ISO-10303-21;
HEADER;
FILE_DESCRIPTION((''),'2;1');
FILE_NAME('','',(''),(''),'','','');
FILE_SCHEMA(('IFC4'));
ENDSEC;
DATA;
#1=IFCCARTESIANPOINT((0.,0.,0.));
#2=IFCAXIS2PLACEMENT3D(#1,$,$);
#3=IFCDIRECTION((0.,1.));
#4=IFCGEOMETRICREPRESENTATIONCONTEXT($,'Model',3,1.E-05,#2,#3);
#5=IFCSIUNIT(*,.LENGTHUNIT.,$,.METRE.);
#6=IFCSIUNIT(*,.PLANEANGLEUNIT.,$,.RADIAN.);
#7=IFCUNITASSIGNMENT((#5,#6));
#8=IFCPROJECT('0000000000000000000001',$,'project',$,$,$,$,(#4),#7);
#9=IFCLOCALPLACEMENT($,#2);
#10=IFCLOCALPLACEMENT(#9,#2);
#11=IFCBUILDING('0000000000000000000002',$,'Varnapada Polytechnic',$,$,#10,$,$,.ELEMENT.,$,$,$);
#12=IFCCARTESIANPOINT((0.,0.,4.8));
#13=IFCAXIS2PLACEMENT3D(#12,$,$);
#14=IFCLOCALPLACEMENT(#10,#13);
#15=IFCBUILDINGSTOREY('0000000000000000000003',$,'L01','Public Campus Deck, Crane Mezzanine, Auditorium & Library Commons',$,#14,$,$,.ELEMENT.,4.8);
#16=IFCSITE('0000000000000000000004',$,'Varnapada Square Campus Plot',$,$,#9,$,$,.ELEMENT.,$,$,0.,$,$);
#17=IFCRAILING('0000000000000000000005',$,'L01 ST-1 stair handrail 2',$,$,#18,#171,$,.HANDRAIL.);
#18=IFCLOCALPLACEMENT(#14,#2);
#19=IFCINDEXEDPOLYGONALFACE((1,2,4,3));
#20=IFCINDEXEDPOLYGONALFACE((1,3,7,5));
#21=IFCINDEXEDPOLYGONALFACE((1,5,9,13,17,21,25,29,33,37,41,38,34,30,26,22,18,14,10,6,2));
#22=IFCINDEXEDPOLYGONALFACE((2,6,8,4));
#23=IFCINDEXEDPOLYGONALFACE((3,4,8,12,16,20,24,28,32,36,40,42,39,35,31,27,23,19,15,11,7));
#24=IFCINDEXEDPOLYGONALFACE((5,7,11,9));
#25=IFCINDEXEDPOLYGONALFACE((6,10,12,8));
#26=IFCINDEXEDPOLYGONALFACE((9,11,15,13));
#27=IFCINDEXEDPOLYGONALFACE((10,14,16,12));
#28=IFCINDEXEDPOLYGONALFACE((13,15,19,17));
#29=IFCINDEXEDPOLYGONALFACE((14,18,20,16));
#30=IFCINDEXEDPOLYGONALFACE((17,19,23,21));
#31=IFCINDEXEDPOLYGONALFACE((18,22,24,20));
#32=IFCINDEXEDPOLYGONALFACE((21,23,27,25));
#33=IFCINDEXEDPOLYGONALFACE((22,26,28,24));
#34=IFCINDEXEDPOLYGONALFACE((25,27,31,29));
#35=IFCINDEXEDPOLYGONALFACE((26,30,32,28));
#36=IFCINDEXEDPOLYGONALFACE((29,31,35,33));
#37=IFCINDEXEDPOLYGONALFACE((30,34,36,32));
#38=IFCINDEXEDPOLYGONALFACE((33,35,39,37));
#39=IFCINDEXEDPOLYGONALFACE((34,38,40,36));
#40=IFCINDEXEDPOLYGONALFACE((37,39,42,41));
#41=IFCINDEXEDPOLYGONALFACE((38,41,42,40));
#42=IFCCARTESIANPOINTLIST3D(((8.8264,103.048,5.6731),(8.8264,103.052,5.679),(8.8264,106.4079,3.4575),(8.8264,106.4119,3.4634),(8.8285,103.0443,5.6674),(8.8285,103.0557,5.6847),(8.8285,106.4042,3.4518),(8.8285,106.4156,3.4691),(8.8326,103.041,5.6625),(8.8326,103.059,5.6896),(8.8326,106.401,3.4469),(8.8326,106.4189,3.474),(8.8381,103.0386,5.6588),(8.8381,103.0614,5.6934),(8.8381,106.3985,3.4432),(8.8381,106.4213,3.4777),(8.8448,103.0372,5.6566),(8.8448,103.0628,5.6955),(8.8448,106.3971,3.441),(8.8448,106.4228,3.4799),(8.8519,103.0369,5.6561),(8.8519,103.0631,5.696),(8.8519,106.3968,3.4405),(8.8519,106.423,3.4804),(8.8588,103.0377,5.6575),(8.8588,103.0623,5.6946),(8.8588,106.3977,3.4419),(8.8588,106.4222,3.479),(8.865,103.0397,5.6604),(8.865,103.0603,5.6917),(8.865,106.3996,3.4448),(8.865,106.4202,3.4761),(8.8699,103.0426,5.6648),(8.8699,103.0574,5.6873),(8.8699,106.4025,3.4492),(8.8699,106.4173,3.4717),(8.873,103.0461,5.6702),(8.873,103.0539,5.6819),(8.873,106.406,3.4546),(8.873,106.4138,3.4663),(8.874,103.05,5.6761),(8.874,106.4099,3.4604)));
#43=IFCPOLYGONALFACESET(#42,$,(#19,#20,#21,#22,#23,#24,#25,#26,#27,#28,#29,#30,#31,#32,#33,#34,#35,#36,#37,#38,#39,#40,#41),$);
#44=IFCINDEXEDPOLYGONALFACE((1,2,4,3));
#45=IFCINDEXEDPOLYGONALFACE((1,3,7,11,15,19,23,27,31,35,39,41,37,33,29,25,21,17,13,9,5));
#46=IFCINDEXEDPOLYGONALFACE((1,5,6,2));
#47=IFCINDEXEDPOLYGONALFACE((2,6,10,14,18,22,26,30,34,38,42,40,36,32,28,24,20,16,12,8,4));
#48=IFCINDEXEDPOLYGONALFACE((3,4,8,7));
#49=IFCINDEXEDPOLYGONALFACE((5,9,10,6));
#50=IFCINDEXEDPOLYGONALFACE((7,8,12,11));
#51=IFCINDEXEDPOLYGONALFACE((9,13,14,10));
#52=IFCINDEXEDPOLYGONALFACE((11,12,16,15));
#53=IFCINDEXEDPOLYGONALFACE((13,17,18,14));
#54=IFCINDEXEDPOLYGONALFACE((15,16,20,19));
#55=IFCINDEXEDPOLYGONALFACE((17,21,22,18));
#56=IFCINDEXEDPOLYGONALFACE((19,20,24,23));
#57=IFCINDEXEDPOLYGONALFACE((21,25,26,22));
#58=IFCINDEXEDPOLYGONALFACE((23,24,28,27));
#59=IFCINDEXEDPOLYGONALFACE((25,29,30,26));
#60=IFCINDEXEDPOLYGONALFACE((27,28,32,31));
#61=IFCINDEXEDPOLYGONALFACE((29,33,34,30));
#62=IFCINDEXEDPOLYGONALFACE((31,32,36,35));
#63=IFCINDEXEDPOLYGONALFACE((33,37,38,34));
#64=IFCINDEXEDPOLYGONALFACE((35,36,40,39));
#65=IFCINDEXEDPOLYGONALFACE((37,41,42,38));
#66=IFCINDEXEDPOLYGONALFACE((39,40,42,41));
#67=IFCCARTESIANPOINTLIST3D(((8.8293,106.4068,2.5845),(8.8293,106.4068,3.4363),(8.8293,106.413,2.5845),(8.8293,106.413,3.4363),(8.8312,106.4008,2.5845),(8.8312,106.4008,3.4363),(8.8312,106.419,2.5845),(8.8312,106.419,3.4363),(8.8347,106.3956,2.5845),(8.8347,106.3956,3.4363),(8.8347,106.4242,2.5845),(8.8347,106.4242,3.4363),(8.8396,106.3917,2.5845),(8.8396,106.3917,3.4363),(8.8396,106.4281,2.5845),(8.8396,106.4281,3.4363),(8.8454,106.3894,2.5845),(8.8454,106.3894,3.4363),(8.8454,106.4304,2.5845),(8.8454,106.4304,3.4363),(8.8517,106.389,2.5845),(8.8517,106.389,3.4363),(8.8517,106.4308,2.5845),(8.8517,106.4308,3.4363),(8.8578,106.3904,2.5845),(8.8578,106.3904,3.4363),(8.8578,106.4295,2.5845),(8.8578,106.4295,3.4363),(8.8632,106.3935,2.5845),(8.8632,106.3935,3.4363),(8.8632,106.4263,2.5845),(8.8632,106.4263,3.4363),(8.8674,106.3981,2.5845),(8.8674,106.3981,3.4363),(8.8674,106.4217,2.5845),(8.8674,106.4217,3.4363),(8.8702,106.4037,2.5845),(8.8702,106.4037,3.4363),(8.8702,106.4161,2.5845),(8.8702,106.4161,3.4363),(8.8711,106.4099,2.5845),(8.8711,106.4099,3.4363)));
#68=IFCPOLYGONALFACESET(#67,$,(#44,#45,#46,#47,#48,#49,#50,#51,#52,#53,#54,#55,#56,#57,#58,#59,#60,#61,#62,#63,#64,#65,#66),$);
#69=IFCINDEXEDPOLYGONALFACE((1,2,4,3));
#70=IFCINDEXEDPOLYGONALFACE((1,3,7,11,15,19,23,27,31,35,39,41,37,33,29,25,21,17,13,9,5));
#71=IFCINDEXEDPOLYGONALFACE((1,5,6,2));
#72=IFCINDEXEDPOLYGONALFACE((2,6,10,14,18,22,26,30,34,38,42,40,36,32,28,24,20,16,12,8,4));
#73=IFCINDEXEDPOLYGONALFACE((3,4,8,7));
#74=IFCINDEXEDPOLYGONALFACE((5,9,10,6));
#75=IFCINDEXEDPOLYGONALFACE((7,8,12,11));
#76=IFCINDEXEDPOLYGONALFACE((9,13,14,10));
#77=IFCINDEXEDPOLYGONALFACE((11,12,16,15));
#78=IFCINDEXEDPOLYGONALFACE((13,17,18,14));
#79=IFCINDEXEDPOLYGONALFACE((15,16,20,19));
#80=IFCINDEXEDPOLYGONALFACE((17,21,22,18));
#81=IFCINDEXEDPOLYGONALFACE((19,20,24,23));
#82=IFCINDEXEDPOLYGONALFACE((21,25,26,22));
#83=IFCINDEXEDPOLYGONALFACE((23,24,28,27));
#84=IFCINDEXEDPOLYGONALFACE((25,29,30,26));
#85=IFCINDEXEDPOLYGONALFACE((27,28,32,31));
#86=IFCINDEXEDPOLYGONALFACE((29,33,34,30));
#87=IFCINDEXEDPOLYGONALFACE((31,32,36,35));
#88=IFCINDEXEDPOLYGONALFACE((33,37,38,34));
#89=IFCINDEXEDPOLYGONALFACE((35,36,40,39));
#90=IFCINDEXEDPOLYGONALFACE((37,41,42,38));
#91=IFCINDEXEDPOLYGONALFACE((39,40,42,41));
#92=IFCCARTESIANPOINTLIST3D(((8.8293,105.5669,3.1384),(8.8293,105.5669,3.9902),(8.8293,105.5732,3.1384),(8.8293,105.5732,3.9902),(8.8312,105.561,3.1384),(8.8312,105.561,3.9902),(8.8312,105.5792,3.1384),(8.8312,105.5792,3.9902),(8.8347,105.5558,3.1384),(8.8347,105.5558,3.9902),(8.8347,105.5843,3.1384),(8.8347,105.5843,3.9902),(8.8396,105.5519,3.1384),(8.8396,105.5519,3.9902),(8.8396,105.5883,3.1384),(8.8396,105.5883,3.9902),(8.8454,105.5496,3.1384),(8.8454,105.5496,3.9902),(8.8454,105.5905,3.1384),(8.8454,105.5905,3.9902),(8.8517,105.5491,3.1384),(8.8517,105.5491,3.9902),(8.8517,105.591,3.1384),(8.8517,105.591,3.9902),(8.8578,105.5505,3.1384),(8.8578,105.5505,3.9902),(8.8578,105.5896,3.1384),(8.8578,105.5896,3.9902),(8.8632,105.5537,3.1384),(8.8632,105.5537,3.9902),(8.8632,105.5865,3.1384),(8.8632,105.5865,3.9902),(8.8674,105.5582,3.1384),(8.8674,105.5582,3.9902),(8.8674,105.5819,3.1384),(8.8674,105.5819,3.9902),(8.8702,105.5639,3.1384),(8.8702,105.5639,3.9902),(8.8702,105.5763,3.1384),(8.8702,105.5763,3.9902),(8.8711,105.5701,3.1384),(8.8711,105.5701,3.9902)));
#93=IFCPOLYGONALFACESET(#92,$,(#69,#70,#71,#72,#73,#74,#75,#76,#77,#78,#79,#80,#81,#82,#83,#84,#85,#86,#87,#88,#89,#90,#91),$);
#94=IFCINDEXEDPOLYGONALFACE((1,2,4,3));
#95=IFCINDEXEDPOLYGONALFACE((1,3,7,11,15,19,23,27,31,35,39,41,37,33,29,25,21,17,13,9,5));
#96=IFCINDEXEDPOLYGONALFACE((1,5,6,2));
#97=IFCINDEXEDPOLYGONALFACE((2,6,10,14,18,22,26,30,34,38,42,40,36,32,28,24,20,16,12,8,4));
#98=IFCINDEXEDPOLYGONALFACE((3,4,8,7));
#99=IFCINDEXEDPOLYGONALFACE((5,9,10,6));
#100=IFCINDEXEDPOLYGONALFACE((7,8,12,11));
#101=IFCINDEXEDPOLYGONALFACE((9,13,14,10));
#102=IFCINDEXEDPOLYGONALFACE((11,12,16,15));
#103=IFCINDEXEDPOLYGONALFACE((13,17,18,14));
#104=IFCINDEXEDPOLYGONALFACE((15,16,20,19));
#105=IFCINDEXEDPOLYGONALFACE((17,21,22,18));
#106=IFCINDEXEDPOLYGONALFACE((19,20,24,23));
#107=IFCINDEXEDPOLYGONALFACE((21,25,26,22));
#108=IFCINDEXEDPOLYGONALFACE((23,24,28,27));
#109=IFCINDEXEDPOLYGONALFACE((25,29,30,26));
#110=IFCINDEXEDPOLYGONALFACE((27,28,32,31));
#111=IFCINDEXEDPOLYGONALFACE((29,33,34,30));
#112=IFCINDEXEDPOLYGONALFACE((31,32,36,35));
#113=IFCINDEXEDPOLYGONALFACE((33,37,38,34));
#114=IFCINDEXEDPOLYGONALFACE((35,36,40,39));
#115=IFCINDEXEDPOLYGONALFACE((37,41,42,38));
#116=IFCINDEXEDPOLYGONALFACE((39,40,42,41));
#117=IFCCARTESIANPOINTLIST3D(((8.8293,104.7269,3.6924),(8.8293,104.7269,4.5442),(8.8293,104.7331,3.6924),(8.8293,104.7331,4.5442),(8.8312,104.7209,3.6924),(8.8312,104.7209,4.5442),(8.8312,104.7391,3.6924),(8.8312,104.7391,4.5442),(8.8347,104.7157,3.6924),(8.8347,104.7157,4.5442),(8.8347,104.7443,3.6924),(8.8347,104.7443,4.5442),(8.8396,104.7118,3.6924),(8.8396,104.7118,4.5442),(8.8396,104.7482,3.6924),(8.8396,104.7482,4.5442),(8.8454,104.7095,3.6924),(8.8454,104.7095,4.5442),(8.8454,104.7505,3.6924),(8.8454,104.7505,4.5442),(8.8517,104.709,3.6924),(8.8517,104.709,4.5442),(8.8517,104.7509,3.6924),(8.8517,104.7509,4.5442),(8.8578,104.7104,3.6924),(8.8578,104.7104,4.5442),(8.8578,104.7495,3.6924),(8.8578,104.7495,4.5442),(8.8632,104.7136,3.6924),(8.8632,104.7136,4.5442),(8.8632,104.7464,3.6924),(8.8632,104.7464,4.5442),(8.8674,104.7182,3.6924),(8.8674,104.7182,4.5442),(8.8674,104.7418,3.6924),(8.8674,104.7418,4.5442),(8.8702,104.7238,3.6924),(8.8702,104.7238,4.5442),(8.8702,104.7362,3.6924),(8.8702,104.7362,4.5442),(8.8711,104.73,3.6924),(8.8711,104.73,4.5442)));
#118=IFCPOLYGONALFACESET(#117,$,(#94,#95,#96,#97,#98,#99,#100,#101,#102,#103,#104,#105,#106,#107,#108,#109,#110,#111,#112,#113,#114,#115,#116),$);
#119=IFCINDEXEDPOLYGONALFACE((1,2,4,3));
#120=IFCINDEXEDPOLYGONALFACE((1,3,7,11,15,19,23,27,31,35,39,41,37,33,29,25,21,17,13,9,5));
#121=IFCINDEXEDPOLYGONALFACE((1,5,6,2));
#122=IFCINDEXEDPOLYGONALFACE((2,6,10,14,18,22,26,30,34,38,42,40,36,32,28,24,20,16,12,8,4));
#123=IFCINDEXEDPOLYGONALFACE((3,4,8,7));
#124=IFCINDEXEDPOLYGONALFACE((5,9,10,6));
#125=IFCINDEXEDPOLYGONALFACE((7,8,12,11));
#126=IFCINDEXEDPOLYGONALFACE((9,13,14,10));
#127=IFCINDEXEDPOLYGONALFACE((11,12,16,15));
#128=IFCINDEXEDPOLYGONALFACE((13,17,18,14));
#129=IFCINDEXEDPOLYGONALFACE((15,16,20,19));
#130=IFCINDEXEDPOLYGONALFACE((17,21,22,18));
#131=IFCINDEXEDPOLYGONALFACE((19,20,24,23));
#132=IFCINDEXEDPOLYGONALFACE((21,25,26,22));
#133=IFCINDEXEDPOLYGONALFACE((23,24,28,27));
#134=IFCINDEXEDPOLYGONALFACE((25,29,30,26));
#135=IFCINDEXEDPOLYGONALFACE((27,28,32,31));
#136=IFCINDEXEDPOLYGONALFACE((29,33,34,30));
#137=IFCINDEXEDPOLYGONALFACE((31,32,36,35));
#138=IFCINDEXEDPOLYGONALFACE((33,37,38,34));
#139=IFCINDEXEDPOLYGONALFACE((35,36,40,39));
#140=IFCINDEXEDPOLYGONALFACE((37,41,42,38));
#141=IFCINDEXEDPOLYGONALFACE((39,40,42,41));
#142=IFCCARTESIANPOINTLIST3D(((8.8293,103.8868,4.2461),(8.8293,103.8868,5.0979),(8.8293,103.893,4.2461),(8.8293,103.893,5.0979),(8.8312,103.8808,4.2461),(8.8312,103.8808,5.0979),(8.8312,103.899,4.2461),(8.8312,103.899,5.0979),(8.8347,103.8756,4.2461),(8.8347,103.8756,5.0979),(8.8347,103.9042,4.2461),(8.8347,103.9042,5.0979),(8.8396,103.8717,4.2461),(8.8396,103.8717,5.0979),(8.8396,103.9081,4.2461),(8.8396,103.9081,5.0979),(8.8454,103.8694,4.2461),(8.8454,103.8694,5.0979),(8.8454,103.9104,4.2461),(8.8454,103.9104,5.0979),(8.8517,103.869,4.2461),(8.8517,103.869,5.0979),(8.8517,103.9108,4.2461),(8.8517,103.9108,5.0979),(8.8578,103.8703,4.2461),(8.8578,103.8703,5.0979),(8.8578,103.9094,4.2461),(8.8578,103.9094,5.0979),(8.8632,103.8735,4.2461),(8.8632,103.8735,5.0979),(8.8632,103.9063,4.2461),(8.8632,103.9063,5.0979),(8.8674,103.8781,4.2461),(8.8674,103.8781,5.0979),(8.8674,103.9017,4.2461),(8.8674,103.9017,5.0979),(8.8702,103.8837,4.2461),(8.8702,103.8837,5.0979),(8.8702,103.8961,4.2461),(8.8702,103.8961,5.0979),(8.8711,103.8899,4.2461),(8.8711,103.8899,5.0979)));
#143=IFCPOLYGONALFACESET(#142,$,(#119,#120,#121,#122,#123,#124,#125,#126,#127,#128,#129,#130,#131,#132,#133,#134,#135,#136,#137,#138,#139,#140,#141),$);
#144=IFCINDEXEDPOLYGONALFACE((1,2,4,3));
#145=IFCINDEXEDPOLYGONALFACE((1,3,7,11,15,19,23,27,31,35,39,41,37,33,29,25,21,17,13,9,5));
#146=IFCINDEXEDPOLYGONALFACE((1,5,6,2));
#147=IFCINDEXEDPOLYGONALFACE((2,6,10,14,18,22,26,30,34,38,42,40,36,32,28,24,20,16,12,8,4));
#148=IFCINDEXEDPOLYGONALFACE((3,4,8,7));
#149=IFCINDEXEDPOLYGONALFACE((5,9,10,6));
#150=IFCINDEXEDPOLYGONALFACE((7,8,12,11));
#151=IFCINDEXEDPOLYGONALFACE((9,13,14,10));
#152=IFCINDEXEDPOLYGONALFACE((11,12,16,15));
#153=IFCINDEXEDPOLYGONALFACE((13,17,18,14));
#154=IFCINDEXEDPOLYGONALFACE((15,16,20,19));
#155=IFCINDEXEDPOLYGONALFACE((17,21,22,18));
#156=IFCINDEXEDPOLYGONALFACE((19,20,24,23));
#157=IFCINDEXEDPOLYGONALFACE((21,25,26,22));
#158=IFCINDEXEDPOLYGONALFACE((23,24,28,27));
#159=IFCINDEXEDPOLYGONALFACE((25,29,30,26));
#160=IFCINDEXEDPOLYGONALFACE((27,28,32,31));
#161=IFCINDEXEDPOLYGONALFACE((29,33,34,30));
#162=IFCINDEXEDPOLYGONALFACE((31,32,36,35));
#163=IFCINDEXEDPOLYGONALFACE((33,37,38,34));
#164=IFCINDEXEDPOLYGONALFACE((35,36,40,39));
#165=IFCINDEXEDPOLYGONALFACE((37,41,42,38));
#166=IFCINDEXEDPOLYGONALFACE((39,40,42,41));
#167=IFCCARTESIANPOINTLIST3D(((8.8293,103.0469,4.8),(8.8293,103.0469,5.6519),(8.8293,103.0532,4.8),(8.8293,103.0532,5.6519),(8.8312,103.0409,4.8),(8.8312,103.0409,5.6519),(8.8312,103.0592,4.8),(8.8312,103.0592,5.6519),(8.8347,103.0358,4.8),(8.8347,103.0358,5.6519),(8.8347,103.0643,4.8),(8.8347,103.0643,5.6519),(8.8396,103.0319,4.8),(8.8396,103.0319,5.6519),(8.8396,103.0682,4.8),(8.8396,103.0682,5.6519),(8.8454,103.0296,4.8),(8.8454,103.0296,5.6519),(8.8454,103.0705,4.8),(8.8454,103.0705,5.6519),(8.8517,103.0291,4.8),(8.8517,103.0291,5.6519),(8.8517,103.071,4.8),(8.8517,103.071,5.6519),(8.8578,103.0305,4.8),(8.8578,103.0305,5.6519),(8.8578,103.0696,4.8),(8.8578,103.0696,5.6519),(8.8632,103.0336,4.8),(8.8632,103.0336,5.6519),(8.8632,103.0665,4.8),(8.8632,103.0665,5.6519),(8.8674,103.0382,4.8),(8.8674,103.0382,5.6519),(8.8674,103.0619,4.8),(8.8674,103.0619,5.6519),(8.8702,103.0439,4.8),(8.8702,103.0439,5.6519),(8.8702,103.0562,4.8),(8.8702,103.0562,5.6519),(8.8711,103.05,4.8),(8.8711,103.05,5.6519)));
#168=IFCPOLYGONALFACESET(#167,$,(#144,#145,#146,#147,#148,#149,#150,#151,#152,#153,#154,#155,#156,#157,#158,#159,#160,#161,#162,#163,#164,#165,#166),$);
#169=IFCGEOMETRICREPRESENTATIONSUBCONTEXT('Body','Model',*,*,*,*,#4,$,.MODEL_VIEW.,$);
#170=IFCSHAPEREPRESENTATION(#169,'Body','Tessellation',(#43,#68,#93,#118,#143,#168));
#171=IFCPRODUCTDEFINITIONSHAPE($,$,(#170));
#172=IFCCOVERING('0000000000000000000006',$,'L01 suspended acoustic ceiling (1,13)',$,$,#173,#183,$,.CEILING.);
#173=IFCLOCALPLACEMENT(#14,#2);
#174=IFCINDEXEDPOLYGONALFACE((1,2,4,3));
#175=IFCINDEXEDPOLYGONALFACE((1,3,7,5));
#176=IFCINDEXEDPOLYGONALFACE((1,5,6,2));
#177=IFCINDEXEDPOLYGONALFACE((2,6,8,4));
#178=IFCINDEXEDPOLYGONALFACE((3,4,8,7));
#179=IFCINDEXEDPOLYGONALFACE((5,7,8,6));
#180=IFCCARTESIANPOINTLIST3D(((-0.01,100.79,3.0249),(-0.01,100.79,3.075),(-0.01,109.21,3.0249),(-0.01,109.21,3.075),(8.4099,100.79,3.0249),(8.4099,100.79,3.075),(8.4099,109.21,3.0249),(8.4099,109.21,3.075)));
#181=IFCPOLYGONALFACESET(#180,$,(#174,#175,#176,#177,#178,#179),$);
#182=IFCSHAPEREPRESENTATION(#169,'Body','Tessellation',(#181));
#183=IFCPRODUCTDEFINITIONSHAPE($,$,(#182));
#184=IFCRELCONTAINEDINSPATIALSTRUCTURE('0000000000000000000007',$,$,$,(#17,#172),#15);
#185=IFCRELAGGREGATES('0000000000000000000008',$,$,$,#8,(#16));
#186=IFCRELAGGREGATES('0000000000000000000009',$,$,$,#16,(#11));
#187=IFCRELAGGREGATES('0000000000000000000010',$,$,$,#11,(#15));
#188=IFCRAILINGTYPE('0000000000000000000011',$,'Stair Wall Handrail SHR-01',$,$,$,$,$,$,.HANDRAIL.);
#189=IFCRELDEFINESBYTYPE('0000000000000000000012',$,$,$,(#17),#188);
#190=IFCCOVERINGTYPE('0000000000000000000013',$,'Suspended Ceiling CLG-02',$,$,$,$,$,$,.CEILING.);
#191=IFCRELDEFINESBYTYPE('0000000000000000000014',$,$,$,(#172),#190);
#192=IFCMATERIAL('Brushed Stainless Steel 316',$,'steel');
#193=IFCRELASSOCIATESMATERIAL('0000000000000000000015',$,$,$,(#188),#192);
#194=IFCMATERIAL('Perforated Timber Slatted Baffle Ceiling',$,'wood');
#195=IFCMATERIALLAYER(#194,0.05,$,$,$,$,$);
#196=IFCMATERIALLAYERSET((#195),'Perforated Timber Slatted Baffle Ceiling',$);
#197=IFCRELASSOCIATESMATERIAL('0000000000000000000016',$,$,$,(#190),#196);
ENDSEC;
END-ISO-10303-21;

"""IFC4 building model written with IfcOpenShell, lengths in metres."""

from ifc_helpers import new_model, si_unit, direction, frame, origin, origin_2d, place, context, subcontext, project, spatial, rectangle, circle, extrude, material, layer, layer_set, type_object, element, save


model = new_model("IFC4")

# Units and contexts
model_context = context("Model", 3, precision=1e-05, world=origin(), true_north=direction((0.0, 1.0)))
body_context = subcontext(model_context, "Body", "Model", "MODEL_VIEW")
ifc_project = project(units=[si_unit("LENGTHUNIT", "METRE"), si_unit("PLANEANGLEUNIT", "RADIAN")], contexts=[model_context])

# Site, building, storey
site_placement = place(None, origin())
site = spatial("IfcSite", under=ifc_project, at=site_placement, Name="Varnapada Square Campus Plot", CompositionType="ELEMENT", RefElevation=0.0)
building_placement = place(site_placement, origin())
building = spatial("IfcBuilding", under=site, at=building_placement, Name="Varnapada Polytechnic", CompositionType="ELEMENT")
storey_placement = place(building_placement, frame((0.0, 0.0, 4.8)))
storey = spatial("IfcBuildingStorey", under=building, at=storey_placement, Name="L01", Description="Public Campus Deck, Crane Mezzanine, Auditorium & Library Commons", CompositionType="ELEMENT", Elevation=4.8)

# Railing
ifc_material_1 = material(Name="Brushed Stainless Steel 316", Category="steel")
railing_type = type_object("IfcRailingType", Name="Stair Wall Handrail SHR-01", PredefinedType="HANDRAIL", material=ifc_material_1)
railing_placement = place(storey_placement, frame((8.8501, 106.4099, 2.5845)))
element("IfcRailing", 1, at=railing_placement, inside=storey, type_object=railing_type, Name="L01 ST-1 stair handrail 2", PredefinedType="HANDRAIL", context=body_context, shape_type="SweptSolid", body=[
    extrude(circle(Radius=0.0239, at=origin_2d()), frame((0.0, 0.0, 0.876), z_axis=(0.0, -0.83483, 0.550508), x_axis=(1.0, 0.0, 0.0)), (0.0, 0.0, 1.0), 4.0247),
    extrude(circle(Radius=0.021, at=origin_2d()), origin(), (0.0, 0.0, 1.0), 0.8518),
    extrude(circle(Radius=0.021, at=origin_2d()), frame((0.0, -0.8398, 0.554)), (0.0, 0.0, 1.0), 0.8518),
    extrude(circle(Radius=0.021, at=origin_2d()), frame((0.0, -1.6799, 1.1079)), (0.0, 0.0, 1.0), 0.8518),
    extrude(circle(Radius=0.021, at=origin_2d()), frame((0.0, -2.52, 1.6616)), (0.0, 0.0, 1.0), 0.8518),
    extrude(circle(Radius=0.021, at=origin_2d()), frame((0.0, -3.3599, 2.2156)), (0.0, 0.0, 1.0), 0.8518),
])

# Covering
ifc_material_2 = material(Name="Perforated Timber Slatted Baffle Ceiling", Category="wood")
ifc_layer_1 = layer(ifc_material_2, 0.05)
ifc_layer_set_1 = layer_set([ifc_layer_1], Name="Perforated Timber Slatted Baffle Ceiling")
covering_type_1 = type_object("IfcCoveringType", Name="Suspended Ceiling CLG-02", PredefinedType="CEILING", material=ifc_layer_set_1)
covering_1_placement = place(storey_placement, frame((4.2, 105.0, 3.0249), z_axis=(0.0, 0.0, 1.0), x_axis=(1.0, 0.0, 0.0)))
element("IfcCovering", 2, at=covering_1_placement, inside=storey, type_object=covering_type_1, Name="L01 suspended acoustic ceiling (1,13)", PredefinedType="CEILING", context=body_context, shape_type="SweptSolid", body=[
    extrude(rectangle(XDim=8.4199, YDim=8.4199, at=origin_2d()), origin(), (0.0, 0.0, 1.0), 0.05),
])

save(model, "model.ifc")
